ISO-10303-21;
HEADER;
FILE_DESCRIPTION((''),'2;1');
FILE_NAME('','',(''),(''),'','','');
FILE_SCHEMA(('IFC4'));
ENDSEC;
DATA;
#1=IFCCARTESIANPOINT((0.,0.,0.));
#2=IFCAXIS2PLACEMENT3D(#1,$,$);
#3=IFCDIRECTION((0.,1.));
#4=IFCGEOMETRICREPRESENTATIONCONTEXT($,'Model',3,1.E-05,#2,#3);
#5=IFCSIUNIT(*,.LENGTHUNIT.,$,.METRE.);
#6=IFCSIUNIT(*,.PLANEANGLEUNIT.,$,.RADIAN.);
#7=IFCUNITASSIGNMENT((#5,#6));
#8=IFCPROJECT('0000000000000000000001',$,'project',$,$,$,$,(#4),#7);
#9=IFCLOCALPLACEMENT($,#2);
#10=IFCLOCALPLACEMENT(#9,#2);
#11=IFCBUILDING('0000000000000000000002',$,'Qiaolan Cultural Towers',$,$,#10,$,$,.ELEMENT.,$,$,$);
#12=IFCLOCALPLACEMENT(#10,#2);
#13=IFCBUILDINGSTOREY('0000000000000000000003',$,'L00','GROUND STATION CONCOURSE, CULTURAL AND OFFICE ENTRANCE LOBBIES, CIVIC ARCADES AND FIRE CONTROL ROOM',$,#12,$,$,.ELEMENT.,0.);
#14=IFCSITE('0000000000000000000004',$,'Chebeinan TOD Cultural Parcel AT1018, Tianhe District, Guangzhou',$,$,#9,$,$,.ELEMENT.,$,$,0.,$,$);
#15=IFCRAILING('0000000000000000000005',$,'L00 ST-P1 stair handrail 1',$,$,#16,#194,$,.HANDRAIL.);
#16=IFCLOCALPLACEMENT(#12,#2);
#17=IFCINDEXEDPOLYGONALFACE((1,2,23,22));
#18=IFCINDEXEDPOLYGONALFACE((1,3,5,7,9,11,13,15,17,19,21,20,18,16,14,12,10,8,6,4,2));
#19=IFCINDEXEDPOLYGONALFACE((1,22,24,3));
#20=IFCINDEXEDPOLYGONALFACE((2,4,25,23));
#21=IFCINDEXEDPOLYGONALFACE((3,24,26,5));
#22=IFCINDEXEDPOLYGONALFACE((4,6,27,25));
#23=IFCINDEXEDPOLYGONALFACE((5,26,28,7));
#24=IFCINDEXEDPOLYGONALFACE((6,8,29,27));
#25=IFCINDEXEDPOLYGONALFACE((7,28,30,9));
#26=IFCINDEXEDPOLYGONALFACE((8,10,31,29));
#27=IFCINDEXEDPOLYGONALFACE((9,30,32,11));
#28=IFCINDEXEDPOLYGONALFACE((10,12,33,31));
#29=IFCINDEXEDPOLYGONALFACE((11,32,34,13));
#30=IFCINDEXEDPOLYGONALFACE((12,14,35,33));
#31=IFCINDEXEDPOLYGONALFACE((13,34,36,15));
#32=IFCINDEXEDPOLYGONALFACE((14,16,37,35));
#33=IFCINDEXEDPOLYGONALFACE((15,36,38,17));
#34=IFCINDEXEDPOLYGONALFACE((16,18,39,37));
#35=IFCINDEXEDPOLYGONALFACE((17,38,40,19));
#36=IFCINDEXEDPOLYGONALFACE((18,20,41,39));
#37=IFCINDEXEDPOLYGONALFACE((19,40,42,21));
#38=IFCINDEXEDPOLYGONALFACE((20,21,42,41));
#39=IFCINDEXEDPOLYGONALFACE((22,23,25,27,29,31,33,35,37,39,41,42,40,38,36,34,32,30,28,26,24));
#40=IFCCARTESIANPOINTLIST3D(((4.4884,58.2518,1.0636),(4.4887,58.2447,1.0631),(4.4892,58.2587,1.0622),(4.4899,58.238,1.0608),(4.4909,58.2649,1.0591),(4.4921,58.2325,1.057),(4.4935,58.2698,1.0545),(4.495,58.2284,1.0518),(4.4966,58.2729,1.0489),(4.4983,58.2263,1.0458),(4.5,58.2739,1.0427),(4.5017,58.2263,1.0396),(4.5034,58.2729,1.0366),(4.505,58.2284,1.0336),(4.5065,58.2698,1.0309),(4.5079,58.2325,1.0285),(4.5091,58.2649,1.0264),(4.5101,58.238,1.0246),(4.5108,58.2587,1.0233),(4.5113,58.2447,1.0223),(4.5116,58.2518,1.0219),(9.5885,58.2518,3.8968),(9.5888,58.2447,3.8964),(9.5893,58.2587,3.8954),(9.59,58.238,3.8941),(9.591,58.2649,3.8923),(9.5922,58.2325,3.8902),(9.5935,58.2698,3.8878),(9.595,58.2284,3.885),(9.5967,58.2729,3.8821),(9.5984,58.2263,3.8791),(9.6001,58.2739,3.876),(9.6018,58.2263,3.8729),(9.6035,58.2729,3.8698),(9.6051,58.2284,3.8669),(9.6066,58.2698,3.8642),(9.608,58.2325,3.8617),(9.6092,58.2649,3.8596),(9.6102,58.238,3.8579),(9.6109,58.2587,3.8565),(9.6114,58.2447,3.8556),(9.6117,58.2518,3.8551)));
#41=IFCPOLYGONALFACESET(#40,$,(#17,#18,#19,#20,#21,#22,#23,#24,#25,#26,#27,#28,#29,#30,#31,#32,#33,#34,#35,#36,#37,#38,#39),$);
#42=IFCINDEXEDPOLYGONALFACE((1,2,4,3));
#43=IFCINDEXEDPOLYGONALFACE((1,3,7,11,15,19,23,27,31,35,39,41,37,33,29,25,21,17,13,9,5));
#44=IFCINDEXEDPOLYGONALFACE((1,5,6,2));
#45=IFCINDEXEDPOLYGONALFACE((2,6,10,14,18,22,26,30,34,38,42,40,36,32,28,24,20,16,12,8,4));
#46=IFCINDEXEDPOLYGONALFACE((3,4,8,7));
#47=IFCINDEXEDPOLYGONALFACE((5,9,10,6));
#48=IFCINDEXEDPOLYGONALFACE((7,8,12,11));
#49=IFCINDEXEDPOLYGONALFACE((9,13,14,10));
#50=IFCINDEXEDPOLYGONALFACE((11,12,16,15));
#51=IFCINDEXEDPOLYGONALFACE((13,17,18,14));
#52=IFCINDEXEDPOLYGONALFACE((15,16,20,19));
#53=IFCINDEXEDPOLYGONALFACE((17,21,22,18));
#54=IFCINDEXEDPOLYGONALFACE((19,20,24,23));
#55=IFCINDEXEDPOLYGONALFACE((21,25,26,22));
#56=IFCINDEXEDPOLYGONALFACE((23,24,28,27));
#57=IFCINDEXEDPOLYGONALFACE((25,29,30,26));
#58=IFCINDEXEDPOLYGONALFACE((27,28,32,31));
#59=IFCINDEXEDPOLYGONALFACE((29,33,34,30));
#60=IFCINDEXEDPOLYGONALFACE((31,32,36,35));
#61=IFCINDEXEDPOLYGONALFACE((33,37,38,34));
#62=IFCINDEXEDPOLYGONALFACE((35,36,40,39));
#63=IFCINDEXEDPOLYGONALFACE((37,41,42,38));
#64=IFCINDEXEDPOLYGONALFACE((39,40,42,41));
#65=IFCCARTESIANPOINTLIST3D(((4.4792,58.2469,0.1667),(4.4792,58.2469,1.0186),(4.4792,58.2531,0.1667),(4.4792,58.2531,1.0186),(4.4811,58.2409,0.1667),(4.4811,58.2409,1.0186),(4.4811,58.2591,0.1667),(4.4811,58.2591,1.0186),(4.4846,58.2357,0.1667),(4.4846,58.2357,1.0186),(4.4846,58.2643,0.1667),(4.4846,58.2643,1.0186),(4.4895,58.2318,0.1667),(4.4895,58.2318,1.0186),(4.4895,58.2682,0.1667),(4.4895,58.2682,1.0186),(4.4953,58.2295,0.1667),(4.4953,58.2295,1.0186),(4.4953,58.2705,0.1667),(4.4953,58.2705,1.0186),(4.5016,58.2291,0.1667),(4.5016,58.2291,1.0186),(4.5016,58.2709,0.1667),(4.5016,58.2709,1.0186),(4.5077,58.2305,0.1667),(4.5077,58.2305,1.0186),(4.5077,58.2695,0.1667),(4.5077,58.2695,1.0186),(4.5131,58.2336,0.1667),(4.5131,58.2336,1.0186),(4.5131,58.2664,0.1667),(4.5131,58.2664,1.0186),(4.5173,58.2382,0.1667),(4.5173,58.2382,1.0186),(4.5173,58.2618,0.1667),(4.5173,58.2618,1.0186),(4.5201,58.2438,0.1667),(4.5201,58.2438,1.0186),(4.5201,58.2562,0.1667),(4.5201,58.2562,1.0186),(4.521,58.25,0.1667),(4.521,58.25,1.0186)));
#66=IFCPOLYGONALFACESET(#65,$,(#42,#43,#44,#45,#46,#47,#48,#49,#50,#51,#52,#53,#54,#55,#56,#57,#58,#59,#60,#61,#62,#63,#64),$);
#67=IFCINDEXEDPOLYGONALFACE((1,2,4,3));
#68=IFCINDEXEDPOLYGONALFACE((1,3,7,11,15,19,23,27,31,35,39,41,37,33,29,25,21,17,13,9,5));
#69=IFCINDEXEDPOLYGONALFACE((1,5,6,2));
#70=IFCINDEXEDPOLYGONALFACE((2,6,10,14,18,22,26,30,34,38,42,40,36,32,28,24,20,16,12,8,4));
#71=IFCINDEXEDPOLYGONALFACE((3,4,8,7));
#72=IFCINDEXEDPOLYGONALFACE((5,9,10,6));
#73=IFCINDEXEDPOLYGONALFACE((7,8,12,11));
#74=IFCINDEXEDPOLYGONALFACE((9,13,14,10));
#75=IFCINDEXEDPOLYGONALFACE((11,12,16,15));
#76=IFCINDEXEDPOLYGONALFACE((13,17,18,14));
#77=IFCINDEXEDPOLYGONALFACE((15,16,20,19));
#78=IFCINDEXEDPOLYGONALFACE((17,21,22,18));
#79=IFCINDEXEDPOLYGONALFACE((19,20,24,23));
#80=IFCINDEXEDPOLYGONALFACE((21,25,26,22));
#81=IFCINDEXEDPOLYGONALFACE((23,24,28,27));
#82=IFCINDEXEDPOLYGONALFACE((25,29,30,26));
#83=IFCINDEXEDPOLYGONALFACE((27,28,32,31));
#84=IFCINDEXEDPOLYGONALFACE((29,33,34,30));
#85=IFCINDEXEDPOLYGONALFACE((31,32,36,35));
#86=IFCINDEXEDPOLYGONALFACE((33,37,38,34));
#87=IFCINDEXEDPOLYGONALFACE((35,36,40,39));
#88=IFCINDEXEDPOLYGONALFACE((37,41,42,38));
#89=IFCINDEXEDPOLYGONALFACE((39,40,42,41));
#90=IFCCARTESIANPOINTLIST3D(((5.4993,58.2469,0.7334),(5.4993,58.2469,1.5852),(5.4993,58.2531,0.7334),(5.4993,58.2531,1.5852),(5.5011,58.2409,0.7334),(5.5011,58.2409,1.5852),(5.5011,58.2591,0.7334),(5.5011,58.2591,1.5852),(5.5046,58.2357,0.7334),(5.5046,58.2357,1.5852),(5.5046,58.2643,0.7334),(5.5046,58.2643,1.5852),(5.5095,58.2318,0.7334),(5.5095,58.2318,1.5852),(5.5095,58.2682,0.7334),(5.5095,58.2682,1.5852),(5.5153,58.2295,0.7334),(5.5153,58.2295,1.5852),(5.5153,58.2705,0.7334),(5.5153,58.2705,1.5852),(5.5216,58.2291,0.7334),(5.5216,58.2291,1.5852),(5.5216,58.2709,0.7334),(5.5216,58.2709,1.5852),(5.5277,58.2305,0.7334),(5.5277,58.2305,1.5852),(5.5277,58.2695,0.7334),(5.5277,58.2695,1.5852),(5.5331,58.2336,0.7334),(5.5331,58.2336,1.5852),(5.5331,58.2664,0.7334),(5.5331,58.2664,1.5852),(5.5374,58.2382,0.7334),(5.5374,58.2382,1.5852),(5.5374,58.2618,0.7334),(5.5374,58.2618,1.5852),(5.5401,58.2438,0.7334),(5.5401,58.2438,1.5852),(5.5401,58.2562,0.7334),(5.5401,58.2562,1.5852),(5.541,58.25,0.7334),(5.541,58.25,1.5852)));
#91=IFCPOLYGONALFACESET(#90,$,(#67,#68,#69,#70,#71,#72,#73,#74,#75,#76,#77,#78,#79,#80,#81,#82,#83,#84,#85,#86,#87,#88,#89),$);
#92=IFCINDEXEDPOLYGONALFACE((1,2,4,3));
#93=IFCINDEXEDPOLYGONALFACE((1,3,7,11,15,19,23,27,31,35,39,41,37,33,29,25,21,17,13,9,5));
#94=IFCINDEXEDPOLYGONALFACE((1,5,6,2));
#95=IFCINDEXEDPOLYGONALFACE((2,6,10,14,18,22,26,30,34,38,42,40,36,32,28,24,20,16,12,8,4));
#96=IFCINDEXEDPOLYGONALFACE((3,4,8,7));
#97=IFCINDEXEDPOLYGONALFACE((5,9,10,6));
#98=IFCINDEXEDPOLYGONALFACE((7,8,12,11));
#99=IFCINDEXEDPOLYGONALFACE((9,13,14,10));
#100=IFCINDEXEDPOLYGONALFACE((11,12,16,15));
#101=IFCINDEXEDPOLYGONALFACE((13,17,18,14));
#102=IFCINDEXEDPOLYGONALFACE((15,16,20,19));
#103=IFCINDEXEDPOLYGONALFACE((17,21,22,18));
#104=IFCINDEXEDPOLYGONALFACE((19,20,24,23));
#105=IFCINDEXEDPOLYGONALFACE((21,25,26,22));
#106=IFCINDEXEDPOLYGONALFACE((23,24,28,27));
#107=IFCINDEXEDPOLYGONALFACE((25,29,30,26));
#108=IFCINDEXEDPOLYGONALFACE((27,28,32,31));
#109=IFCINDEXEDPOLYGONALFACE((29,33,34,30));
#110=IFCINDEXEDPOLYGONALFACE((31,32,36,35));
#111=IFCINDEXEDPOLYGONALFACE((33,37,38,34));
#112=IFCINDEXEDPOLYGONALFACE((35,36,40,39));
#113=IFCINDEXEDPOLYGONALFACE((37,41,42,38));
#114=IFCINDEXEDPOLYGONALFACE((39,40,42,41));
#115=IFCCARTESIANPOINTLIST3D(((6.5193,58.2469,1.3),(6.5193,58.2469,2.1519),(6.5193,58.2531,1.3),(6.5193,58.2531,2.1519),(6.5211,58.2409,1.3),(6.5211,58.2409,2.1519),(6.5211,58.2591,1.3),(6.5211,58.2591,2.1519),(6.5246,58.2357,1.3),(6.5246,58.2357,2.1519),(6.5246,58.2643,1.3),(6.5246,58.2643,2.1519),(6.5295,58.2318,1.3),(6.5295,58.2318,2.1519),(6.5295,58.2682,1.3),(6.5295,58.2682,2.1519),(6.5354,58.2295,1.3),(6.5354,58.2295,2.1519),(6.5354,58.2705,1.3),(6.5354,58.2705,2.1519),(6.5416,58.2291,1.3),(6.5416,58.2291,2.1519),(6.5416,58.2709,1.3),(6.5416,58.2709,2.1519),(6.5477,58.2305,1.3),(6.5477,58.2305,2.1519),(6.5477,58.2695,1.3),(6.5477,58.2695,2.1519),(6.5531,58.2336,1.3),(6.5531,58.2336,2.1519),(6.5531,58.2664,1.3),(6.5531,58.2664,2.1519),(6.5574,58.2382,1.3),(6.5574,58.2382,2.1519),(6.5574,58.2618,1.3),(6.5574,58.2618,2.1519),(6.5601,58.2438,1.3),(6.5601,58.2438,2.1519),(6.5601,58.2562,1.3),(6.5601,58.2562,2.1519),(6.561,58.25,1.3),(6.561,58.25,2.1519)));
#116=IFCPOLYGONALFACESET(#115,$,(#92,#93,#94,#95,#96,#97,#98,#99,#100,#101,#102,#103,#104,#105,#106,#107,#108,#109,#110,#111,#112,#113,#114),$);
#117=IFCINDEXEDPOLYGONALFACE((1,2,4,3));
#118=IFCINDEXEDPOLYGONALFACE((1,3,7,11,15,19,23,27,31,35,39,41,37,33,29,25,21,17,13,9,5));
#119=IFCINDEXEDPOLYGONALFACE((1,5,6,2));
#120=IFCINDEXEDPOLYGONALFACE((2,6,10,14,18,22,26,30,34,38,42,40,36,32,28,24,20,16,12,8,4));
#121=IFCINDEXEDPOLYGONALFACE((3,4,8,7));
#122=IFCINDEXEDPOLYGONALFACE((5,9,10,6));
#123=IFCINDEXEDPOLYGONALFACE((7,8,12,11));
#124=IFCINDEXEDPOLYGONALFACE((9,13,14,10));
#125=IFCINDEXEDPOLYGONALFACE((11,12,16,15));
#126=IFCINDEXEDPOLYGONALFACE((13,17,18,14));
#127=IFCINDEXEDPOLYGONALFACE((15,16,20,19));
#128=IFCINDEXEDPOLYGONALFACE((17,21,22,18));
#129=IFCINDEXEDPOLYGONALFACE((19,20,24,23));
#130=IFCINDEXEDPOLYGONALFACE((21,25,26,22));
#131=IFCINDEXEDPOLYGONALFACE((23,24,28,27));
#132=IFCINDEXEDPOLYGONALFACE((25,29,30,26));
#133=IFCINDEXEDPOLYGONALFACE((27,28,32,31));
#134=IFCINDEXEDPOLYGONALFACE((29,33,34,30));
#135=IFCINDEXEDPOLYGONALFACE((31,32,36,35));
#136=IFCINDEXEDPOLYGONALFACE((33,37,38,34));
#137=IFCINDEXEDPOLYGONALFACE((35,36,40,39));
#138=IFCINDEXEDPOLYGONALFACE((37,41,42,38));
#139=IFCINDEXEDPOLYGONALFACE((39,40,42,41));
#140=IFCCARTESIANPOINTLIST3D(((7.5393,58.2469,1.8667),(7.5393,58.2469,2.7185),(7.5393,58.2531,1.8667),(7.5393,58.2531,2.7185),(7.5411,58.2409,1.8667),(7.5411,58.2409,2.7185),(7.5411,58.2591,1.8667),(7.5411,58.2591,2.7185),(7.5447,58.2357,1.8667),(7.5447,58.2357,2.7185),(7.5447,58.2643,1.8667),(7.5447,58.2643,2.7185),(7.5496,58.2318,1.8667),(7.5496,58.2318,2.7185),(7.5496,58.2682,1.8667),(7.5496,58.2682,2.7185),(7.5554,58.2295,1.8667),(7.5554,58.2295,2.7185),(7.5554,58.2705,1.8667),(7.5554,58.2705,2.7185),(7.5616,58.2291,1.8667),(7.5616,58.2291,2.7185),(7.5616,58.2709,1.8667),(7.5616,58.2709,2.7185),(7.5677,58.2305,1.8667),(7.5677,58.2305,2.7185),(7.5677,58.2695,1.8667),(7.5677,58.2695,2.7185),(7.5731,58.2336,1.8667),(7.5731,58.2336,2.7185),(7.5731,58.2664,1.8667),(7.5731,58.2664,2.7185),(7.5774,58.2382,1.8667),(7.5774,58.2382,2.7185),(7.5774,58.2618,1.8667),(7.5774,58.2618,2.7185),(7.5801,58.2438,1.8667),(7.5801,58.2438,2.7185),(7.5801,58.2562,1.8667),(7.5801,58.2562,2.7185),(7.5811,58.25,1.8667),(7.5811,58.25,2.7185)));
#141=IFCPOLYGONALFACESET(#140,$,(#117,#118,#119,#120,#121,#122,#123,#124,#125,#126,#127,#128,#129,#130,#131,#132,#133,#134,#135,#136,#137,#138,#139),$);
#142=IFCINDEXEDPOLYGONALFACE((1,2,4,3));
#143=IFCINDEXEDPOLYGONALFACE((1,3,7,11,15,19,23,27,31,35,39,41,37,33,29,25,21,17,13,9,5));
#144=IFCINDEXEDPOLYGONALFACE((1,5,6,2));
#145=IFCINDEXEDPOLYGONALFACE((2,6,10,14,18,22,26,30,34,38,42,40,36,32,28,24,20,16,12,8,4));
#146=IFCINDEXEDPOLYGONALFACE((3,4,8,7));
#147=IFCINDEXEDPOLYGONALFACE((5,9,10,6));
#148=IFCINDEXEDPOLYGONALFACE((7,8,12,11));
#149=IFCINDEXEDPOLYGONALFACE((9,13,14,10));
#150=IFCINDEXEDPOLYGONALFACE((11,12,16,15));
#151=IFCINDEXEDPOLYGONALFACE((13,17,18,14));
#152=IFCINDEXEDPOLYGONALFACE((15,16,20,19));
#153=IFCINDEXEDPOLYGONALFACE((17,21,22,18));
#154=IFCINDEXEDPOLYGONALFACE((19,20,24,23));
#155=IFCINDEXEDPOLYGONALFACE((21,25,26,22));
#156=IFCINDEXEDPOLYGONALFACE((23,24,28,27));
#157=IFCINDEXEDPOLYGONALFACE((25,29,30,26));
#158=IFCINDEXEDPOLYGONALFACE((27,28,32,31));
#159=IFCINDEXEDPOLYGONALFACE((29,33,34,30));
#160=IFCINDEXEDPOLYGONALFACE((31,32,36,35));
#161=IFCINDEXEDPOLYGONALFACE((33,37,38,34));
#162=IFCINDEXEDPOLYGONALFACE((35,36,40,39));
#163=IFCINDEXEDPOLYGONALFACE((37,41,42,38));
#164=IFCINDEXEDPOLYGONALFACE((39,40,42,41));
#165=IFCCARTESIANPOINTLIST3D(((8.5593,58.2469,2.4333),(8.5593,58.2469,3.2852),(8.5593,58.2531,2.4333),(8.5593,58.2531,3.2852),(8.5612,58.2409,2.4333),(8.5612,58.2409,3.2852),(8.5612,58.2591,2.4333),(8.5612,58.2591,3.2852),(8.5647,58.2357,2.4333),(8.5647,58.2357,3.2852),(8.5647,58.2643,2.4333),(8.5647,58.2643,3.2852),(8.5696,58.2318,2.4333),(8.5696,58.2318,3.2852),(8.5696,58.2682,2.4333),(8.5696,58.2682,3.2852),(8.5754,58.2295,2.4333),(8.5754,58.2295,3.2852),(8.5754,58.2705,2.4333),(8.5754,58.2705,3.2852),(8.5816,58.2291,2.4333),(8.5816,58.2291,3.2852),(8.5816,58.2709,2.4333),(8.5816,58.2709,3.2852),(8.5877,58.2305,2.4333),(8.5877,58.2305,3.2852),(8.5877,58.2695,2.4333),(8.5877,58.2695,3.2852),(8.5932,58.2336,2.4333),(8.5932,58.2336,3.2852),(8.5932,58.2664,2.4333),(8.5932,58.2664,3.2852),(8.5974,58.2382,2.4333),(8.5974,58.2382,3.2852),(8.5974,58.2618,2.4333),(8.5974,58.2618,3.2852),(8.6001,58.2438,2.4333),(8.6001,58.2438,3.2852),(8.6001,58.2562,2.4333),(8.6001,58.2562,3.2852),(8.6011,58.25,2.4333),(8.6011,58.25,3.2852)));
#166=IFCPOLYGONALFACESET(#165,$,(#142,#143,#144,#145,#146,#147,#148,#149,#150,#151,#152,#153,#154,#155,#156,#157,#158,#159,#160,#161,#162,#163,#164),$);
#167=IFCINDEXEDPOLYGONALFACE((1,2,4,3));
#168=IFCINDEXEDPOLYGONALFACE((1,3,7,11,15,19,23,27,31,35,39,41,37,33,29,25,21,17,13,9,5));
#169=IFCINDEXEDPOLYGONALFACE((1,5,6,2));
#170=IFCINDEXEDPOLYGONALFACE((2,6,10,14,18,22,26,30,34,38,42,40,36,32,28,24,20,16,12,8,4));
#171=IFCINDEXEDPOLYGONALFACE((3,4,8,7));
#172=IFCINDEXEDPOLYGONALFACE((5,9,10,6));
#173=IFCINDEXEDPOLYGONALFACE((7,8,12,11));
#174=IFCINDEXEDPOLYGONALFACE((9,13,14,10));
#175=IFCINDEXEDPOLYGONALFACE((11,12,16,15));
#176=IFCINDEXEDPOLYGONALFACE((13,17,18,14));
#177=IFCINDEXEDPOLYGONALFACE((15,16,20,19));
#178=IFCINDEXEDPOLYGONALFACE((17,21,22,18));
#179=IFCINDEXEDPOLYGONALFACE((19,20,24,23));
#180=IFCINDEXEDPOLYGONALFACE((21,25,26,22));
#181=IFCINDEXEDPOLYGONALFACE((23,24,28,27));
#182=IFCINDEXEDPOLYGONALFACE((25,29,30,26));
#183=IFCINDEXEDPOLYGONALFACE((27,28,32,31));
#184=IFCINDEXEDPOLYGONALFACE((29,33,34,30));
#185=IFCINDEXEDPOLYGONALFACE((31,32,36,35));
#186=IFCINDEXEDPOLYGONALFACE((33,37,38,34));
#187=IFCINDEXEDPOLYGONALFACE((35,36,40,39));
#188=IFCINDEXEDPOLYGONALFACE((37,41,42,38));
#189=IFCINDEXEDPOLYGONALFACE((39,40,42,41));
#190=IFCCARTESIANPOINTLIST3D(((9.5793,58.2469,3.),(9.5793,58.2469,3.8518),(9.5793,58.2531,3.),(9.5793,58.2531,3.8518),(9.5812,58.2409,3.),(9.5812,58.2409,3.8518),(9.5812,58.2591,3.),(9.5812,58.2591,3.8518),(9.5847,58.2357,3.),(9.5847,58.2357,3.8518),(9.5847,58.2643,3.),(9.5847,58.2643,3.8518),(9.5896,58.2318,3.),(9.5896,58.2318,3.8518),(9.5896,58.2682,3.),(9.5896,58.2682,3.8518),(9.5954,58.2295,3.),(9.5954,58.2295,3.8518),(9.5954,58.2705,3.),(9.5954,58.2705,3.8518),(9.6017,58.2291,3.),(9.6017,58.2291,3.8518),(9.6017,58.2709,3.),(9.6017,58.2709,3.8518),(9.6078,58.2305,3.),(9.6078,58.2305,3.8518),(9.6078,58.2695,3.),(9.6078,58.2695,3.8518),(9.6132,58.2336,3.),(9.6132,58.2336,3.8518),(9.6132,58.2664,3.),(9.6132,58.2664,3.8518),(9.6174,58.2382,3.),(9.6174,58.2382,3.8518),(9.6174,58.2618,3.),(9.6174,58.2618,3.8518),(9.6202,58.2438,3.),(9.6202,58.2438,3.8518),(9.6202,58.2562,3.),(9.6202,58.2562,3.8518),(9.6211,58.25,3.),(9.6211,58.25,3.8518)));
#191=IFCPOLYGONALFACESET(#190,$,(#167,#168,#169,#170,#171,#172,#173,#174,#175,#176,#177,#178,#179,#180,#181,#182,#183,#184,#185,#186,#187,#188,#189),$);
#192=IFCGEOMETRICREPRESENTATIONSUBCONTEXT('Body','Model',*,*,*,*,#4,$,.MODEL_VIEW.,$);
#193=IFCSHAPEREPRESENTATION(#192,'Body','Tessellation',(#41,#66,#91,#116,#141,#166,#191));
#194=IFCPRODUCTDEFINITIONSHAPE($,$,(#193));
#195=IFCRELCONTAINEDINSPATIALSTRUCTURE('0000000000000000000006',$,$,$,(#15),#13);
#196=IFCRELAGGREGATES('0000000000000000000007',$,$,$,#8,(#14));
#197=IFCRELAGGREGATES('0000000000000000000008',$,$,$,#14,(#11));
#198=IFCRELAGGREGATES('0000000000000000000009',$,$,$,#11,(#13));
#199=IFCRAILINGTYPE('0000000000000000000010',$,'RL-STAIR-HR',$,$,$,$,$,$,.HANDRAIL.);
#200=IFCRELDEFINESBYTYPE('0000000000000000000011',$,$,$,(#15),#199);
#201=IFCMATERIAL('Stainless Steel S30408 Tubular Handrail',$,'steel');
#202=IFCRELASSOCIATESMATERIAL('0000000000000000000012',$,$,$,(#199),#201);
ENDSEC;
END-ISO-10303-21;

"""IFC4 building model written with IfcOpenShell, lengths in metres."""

from ifc_helpers import new_model, si_unit, direction, frame, origin, origin_2d, place, context, subcontext, project, spatial, circle, extrude, material, type_object, element, save


model = new_model("IFC4")

# Units and contexts
model_context = context("Model", 3, precision=1e-05, world=origin(), true_north=direction((0.0, 1.0)))
body_context = subcontext(model_context, "Body", "Model", "MODEL_VIEW")
ifc_project = project(units=[si_unit("LENGTHUNIT", "METRE"), si_unit("PLANEANGLEUNIT", "RADIAN")], contexts=[model_context])

# Site, building, storey
site_placement = place(None, origin())
site = spatial("IfcSite", under=ifc_project, at=site_placement, Name="Chebeinan TOD Cultural Parcel AT1018, Tianhe District, Guangzhou", CompositionType="ELEMENT", RefElevation=0.0)
building_placement = place(site_placement, origin())
building = spatial("IfcBuilding", under=site, at=building_placement, Name="Qiaolan Cultural Towers", CompositionType="ELEMENT")
storey_placement = place(building_placement, origin())
storey = spatial("IfcBuildingStorey", under=building, at=storey_placement, Name="L00", Description="GROUND STATION CONCOURSE, CULTURAL AND OFFICE ENTRANCE LOBBIES, CIVIC ARCADES AND FIRE CONTROL ROOM", CompositionType="ELEMENT", Elevation=0.0)

# Railing
ifc_material_1 = material(Name="Stainless Steel S30408 Tubular Handrail", Category="steel")
railing_type_1 = type_object("IfcRailingType", Name="RL-STAIR-HR", PredefinedType="HANDRAIL", material=ifc_material_1)
railing_1_placement = place(storey_placement, frame((4.5, 58.25, 0.1667)))
element("IfcRailing", 1, at=railing_1_placement, inside=storey, type_object=railing_type_1, Name="L00 ST-P1 stair handrail 1", PredefinedType="HANDRAIL", context=body_context, shape_type="SweptSolid", body=[
    extrude(circle(Radius=0.0239, at=origin_2d()), frame((0.0, 0.0, 0.876), z_axis=(0.874167, 0.0, 0.485625), x_axis=(0.0, 1.0, 0.0)), (0.0, 0.0, 1.0), 5.8342),
    extrude(circle(Radius=0.021, at=origin_2d()), origin(), (0.0, 0.0, 1.0), 0.8518),
    extrude(circle(Radius=0.021, at=origin_2d()), frame((1.02, 0.0, 0.5667)), (0.0, 0.0, 1.0), 0.8518),
    extrude(circle(Radius=0.021, at=origin_2d()), frame((2.04, 0.0, 1.1333)), (0.0, 0.0, 1.0), 0.8518),
    extrude(circle(Radius=0.021, at=origin_2d()), frame((3.0601, 0.0, 1.7)), (0.0, 0.0, 1.0), 0.8518),
    extrude(circle(Radius=0.021, at=origin_2d()), frame((4.0801, 0.0, 2.2666)), (0.0, 0.0, 1.0), 0.8518),
    extrude(circle(Radius=0.021, at=origin_2d()), frame((5.1001, 0.0, 2.8333)), (0.0, 0.0, 1.0), 0.8518),
])

save(model, "model.ifc")
